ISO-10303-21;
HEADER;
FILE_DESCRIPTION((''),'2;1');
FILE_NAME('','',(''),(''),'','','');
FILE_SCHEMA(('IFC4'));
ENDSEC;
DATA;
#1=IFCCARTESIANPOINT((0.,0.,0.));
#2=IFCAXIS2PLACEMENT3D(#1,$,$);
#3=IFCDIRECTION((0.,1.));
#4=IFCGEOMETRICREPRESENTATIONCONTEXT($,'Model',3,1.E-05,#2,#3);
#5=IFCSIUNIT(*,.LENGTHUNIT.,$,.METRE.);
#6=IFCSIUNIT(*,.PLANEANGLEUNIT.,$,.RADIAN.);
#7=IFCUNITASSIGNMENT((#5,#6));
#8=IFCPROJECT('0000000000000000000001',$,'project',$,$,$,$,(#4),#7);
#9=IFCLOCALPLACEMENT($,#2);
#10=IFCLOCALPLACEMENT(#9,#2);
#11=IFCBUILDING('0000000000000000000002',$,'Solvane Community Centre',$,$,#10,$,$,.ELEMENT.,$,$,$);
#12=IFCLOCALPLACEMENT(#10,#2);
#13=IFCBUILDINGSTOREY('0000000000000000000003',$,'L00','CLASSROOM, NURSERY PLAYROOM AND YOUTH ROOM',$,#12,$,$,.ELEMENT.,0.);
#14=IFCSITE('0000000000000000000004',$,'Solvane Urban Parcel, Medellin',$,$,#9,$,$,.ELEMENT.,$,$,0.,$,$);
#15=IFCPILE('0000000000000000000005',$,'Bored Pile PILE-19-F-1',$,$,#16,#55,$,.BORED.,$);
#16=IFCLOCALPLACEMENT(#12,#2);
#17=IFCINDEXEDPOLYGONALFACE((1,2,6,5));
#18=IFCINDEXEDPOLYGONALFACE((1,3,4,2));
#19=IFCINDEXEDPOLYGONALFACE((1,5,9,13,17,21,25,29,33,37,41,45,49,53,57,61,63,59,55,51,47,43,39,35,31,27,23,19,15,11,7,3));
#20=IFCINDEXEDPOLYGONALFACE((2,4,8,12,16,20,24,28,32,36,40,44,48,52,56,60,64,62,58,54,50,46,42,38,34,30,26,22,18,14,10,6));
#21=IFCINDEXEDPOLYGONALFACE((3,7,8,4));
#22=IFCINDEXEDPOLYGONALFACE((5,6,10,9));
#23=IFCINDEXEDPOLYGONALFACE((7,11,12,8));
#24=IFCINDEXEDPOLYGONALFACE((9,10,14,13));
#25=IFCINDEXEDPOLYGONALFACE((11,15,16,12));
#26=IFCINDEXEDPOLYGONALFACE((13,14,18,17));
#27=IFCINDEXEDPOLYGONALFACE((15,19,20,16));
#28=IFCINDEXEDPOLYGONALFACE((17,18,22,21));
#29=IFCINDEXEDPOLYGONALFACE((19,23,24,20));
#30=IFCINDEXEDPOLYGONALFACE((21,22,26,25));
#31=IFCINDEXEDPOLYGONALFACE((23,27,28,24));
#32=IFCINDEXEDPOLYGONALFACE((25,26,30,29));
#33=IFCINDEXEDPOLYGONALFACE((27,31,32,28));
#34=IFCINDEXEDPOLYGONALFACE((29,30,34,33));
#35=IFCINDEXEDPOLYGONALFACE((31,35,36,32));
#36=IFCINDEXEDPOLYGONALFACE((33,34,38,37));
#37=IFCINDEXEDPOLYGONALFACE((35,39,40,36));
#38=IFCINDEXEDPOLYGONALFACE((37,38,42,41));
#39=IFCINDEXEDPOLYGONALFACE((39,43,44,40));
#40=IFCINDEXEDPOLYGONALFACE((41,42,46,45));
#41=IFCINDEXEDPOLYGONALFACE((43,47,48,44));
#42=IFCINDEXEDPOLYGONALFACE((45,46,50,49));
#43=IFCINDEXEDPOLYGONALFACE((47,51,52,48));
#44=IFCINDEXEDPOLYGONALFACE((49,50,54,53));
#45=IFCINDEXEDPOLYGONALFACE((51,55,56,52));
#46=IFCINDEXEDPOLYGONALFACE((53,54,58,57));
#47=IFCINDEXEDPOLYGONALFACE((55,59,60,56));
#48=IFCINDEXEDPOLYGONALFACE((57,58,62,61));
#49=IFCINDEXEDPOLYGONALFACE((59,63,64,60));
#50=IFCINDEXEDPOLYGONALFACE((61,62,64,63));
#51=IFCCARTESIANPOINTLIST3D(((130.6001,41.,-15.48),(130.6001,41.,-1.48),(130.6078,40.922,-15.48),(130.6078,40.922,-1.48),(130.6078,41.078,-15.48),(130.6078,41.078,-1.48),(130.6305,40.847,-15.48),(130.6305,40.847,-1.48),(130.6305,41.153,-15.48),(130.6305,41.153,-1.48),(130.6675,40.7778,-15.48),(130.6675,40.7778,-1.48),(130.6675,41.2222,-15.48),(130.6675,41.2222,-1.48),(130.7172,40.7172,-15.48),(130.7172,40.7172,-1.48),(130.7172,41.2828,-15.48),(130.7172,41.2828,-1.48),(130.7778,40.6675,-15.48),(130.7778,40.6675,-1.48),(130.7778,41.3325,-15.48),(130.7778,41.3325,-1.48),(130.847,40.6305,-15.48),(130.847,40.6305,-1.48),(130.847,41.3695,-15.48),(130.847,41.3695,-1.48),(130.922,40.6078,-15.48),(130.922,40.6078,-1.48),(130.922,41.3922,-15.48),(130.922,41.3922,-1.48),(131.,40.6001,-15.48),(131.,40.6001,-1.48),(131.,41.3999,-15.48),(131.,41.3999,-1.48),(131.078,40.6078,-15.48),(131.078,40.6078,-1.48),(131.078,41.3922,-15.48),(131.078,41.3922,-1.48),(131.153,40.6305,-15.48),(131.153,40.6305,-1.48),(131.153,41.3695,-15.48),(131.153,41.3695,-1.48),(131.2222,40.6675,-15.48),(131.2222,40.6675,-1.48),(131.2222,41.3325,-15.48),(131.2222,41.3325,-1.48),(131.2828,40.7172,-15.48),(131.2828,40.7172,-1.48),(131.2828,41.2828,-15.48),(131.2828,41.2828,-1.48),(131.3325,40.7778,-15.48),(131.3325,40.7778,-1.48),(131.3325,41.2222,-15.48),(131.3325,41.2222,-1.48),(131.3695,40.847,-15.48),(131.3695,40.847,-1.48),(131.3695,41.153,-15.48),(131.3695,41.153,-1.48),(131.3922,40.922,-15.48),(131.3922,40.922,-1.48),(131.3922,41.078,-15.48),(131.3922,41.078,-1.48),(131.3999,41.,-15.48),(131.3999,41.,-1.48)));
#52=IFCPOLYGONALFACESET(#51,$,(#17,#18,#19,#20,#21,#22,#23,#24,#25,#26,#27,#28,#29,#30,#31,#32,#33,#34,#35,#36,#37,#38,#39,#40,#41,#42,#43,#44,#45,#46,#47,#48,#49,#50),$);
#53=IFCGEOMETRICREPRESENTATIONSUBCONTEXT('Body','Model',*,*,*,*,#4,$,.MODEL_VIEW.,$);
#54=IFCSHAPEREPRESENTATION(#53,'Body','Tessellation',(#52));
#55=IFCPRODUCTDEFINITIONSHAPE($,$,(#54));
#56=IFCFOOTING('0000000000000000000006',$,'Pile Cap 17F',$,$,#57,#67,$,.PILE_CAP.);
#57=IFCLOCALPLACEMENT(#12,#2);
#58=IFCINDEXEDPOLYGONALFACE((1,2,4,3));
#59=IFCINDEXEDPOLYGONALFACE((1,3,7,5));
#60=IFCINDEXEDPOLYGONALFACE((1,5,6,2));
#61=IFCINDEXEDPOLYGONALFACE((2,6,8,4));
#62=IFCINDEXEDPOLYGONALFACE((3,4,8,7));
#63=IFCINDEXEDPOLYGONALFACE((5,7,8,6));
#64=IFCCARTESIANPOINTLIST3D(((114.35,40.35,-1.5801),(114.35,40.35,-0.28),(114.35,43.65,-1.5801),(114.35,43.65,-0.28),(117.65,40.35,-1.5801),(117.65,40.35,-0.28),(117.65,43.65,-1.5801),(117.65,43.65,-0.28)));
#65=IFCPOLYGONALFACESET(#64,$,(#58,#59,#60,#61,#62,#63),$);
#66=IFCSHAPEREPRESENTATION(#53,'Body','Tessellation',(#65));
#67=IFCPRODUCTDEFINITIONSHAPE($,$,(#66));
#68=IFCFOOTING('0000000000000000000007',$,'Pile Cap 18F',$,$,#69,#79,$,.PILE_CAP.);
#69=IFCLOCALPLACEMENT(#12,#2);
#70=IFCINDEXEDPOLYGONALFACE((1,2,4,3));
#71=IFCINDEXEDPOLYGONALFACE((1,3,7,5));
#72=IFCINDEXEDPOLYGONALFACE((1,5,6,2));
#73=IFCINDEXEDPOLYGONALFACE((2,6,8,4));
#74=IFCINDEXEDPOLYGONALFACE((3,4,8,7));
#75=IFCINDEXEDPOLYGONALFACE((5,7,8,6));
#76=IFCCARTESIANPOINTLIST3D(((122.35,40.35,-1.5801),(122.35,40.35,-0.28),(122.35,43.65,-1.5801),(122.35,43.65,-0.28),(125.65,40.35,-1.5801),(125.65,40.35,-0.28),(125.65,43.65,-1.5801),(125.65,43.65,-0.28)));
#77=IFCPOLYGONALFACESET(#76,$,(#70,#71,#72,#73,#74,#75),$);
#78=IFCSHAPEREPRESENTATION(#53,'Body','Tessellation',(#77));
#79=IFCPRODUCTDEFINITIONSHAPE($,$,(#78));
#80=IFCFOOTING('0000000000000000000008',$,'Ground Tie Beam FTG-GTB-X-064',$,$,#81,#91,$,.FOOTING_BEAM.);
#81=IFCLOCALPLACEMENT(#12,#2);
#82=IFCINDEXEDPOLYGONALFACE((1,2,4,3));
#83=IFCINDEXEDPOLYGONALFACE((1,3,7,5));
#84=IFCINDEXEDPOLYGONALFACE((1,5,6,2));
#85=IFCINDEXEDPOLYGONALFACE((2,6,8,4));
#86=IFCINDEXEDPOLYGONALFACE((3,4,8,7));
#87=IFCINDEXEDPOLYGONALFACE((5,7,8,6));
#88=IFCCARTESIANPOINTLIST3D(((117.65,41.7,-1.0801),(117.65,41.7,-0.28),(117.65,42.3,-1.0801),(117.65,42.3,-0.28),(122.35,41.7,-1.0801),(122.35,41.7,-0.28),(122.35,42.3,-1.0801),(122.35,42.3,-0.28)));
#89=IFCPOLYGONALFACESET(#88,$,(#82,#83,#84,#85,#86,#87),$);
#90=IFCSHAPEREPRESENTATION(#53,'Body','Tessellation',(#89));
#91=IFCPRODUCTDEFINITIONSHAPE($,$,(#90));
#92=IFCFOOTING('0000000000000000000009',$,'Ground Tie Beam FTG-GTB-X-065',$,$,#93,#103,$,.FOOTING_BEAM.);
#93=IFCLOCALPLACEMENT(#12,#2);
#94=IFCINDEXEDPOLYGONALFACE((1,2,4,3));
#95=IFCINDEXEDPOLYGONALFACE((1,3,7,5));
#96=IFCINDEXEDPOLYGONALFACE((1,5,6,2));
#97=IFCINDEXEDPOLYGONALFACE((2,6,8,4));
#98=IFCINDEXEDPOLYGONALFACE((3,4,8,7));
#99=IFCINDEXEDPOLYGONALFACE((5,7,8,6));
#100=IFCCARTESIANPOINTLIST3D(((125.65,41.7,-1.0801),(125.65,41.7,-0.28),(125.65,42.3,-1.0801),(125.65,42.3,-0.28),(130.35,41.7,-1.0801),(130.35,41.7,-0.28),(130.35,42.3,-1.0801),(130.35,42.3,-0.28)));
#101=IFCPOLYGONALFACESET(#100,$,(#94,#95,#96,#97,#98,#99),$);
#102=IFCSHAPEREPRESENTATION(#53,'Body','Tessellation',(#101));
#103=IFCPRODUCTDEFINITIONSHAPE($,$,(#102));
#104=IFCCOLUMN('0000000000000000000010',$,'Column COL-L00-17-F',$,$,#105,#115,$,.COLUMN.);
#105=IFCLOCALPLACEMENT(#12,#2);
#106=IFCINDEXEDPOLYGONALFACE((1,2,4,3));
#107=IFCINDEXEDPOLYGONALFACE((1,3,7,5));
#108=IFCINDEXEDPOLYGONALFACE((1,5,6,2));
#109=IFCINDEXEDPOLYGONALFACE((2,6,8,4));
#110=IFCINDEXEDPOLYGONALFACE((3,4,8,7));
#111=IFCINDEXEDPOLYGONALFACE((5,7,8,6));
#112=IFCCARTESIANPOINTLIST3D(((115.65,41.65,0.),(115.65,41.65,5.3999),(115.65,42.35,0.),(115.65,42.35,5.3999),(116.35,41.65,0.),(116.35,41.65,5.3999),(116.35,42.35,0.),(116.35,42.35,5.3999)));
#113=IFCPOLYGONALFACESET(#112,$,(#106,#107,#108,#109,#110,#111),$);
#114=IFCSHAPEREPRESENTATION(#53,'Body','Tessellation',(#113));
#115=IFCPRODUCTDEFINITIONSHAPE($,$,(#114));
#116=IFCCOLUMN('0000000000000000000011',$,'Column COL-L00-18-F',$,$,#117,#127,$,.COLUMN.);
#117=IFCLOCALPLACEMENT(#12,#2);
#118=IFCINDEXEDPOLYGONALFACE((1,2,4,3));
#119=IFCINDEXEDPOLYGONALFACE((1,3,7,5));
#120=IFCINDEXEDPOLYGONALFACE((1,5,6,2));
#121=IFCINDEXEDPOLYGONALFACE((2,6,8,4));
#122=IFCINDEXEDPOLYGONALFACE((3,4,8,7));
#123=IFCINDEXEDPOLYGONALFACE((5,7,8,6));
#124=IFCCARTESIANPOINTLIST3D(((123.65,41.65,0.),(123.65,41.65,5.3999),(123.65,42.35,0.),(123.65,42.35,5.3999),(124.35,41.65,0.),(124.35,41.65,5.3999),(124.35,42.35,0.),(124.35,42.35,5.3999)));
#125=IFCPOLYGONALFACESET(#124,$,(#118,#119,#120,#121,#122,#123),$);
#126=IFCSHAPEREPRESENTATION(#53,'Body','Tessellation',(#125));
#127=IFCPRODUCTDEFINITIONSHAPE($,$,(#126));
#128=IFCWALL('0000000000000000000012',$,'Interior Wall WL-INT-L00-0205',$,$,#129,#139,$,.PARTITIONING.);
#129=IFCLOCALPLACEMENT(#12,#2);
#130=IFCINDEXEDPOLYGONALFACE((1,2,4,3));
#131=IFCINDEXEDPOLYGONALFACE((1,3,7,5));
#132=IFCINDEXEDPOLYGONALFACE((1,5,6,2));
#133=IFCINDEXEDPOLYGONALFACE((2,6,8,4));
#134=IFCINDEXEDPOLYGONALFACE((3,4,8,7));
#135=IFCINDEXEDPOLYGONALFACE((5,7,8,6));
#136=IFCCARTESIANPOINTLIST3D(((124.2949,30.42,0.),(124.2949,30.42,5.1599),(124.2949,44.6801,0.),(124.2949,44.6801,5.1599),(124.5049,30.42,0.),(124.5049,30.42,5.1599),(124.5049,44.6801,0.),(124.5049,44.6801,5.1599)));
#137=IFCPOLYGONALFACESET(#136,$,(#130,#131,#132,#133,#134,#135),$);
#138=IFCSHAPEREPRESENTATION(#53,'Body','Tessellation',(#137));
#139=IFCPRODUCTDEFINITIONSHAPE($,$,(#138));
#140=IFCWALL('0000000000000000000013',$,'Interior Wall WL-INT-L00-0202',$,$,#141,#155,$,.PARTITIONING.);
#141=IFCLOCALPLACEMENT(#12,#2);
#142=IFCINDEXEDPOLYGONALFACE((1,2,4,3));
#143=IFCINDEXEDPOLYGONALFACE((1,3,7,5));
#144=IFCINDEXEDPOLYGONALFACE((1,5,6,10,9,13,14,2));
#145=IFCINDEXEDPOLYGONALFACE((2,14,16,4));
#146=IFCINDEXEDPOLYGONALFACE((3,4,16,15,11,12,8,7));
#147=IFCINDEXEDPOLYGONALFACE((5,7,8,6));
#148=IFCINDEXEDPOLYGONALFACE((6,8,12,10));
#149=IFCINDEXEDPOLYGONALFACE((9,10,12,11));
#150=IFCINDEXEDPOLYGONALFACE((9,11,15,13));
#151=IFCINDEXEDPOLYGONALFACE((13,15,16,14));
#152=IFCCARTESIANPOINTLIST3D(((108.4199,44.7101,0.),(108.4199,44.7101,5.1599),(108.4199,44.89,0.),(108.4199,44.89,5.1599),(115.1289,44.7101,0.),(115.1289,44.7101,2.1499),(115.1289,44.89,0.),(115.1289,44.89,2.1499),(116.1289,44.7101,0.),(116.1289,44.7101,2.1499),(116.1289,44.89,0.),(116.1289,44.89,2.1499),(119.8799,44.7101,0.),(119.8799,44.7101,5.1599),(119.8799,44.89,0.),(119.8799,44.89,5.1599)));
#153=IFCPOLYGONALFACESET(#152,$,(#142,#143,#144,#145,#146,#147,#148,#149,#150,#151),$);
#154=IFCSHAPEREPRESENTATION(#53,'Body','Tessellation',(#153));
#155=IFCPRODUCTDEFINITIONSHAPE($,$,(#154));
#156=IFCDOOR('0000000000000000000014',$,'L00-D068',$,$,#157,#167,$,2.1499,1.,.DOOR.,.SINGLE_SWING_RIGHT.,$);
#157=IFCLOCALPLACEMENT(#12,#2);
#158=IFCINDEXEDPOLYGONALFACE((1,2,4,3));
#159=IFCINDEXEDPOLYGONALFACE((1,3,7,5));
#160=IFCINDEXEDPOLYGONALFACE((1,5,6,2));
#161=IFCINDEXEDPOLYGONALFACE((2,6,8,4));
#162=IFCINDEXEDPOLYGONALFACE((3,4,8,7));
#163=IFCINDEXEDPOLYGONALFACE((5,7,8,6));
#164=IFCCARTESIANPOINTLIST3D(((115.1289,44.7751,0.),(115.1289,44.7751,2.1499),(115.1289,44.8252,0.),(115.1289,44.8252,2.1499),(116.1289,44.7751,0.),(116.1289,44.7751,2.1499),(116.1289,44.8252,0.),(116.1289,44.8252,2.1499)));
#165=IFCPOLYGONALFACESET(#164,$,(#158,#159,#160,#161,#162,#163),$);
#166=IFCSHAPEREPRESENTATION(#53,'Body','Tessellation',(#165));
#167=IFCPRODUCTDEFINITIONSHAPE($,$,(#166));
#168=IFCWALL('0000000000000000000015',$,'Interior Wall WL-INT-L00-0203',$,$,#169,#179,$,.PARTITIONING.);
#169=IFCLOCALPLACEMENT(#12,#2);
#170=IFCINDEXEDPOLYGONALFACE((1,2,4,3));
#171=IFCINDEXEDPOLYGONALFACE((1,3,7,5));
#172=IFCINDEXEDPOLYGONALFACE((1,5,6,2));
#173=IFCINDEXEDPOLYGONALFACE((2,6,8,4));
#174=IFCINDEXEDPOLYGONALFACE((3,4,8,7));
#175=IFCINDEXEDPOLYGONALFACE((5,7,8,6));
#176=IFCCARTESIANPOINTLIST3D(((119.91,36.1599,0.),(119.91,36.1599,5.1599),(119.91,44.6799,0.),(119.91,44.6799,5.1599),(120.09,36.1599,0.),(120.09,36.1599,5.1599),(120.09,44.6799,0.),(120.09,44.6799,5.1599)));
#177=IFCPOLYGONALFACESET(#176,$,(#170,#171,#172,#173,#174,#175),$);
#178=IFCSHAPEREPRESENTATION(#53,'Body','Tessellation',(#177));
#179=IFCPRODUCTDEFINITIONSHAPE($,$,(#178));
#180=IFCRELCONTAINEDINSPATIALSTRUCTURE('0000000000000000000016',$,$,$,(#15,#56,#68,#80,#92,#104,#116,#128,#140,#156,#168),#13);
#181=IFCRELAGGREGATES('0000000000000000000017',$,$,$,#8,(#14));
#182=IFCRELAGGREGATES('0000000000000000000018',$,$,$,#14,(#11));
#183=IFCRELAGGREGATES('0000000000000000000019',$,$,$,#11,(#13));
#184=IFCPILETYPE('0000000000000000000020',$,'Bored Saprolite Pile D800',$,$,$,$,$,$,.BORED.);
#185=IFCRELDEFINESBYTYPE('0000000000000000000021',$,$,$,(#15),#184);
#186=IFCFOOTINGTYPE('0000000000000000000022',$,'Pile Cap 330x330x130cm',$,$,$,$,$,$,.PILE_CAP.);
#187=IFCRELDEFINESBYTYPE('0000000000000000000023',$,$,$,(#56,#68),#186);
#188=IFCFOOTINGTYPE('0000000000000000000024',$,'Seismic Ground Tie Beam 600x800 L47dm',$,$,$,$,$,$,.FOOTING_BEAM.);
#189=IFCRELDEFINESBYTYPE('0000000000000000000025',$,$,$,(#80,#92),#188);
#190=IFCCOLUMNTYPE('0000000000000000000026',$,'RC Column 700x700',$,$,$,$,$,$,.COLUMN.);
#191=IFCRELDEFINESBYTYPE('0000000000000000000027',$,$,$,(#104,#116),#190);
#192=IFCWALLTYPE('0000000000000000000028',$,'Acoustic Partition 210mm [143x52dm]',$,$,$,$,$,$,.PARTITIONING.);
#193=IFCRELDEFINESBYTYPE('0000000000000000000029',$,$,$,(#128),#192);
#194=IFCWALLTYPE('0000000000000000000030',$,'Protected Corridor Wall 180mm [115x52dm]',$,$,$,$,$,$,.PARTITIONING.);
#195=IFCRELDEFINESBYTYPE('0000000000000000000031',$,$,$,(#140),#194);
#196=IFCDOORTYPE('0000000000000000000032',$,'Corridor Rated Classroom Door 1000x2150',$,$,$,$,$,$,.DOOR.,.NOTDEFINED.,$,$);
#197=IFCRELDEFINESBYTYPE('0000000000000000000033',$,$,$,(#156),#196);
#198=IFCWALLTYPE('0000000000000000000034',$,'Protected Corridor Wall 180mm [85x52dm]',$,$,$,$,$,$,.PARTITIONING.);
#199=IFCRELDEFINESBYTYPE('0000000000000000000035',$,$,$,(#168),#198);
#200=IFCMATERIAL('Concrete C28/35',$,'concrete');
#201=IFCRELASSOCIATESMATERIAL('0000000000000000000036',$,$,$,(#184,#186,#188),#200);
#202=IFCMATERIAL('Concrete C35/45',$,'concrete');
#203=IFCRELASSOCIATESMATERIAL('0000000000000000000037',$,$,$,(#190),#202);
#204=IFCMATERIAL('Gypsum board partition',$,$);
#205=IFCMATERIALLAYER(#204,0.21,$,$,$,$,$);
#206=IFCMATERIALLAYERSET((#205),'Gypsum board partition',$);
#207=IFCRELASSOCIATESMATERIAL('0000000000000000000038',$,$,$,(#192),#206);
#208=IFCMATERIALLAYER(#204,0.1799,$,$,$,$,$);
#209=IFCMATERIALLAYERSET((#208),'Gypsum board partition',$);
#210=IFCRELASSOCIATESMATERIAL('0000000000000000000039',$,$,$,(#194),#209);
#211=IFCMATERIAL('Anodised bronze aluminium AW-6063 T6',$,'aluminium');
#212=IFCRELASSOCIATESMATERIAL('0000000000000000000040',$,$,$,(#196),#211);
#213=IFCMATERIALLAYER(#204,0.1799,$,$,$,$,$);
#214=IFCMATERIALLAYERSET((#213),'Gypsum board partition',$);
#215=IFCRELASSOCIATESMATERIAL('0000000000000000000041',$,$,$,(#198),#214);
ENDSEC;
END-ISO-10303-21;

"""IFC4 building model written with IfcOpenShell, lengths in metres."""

from ifc_helpers import new_model, si_unit, direction, frame, frame_2d, origin, origin_2d, place, context, subcontext, project, spatial, rectangle, circle, extrude, material, layer, layer_set, material_profile, profile_set, type_object, element, fill, save


model = new_model("IFC4")

# Units and contexts
model_context = context("Model", 3, precision=1e-05, world=origin(), true_north=direction((0.0, 1.0)))
body_context = subcontext(model_context, "Body", "Model", "MODEL_VIEW")
ifc_project = project(units=[si_unit("LENGTHUNIT", "METRE"), si_unit("PLANEANGLEUNIT", "RADIAN")], contexts=[model_context])

# Site, building, storey
site_placement = place(None, origin())
site = spatial("IfcSite", under=ifc_project, at=site_placement, Name="Solvane Urban Parcel, Medellin", CompositionType="ELEMENT", RefElevation=0.0)
building_placement = place(site_placement, origin())
building = spatial("IfcBuilding", under=site, at=building_placement, Name="Solvane Community Centre", CompositionType="ELEMENT")
storey_placement = place(building_placement, origin())
storey = spatial("IfcBuildingStorey", under=building, at=storey_placement, Name="L00", Description="CLASSROOM, NURSERY PLAYROOM AND YOUTH ROOM", CompositionType="ELEMENT", Elevation=0.0)

# Pile
ifc_material_1 = material(Name="Concrete C28/35", Category="concrete")
ifc_material_profile_1 = material_profile(ifc_material_1, circle(Radius=0.3999, at=origin_2d()), Name="PILE D800")
ifc_profile_set_1 = profile_set([ifc_material_profile_1], Name="Concrete C28/35")
pile_type = type_object("IfcPileType", Name="Bored Saprolite Pile D800", PredefinedType="BORED", material=ifc_profile_set_1)
for number, where, z_axis, x_axis, name in (
    (1, (131.0, 41.0, -1.48), (0.0, 0.0, -1.0), (1.0, 0.0, 0.0), "Bored Pile PILE-19-F-1"),
):
    element("IfcPile", number, at=place(storey_placement, frame(where, z_axis=z_axis, x_axis=x_axis)), inside=storey, type_object=pile_type, Name=name, PredefinedType="BORED", context=body_context, shape_type="SweptSolid", body=[
        extrude(circle(Radius=0.3999, at=origin_2d()), origin(), (0.0, 0.0, 1.0), 14.0),
    ])

# Footings
footing_type_1 = type_object("IfcFootingType", Name="Pile Cap 330x330x130cm", PredefinedType="PILE_CAP", material=ifc_material_1)
for number, where, z_axis, x_axis, name in (
    (2, (116.0, 42.0, -1.5801), (0.0, 0.0, 1.0), (1.0, 0.0, 0.0), "Pile Cap 17F"),
    (3, (124.0, 42.0, -1.5801), (0.0, 0.0, 1.0), (1.0, 0.0, 0.0), "Pile Cap 18F"),
):
    element("IfcFooting", number, at=place(storey_placement, frame(where, z_axis=z_axis, x_axis=x_axis)), inside=storey, type_object=footing_type_1, Name=name, PredefinedType="PILE_CAP", context=body_context, shape_type="SweptSolid", body=[
        extrude(rectangle(XDim=3.3, YDim=3.3, at=origin_2d()), origin(), (0.0, 0.0, 1.0), 1.3),
    ])
footing_type_2 = type_object("IfcFootingType", Name="Seismic Ground Tie Beam 600x800 L47dm", PredefinedType="FOOTING_BEAM", material=ifc_material_1)
for number, where, z_axis, x_axis, name in (
    (4, (120.0, 42.0, -1.0801), (0.0, 0.0, 1.0), (1.0, 0.0, 0.0), "Ground Tie Beam FTG-GTB-X-064"),
    (5, (128.0, 42.0, -1.0801), (0.0, 0.0, 1.0), (1.0, 0.0, 0.0), "Ground Tie Beam FTG-GTB-X-065"),
):
    element("IfcFooting", number, at=place(storey_placement, frame(where, z_axis=z_axis, x_axis=x_axis)), inside=storey, type_object=footing_type_2, Name=name, PredefinedType="FOOTING_BEAM", context=body_context, shape_type="SweptSolid", body=[
        extrude(rectangle(XDim=4.7, YDim=0.6001, at=origin_2d()), origin(), (0.0, 0.0, 1.0), 0.8),
    ])

# Columns
ifc_material_2 = material(Name="Concrete C35/45", Category="concrete")
ifc_material_profile_2 = material_profile(ifc_material_2, rectangle(XDim=0.7, YDim=0.7, at=origin_2d()), Name="RC 700x700")
ifc_profile_set_2 = profile_set([ifc_material_profile_2], Name="Concrete C35/45")
column_type = type_object("IfcColumnType", Name="RC Column 700x700", PredefinedType="COLUMN", material=ifc_profile_set_2)
for number, where, z_axis, x_axis, name in (
    (6, (116.0, 42.0, 0.0), (0.0, 0.0, 1.0), (1.0, 0.0, 0.0), "Column COL-L00-17-F"),
    (7, (124.0, 42.0, 0.0), (0.0, 0.0, 1.0), (1.0, 0.0, 0.0), "Column COL-L00-18-F"),
):
    element("IfcColumn", number, at=place(storey_placement, frame(where, z_axis=z_axis, x_axis=x_axis)), inside=storey, type_object=column_type, Name=name, PredefinedType="COLUMN", context=body_context, shape_type="SweptSolid", body=[
        extrude(rectangle(XDim=0.7, YDim=0.7, at=origin_2d()), origin(), (0.0, 0.0, 1.0), 5.3999),
    ])

# Wall
ifc_material_3 = material(Name="Gypsum board partition")
ifc_layer_1 = layer(ifc_material_3, 0.21)
ifc_layer_set_1 = layer_set([ifc_layer_1], Name="Gypsum board partition")
wall_type_1 = type_object("IfcWallType", Name="Acoustic Partition 210mm [143x52dm]", PredefinedType="PARTITIONING", material=ifc_layer_set_1)
wall_1_placement = place(storey_placement, frame((124.3999, 44.6799, 0.0), z_axis=(0.0, 0.0, 1.0), x_axis=(0.0, -1.0, 0.0)))
element("IfcWall", 8, at=wall_1_placement, inside=storey, type_object=wall_type_1, Name="Interior Wall WL-INT-L00-0205", PredefinedType="PARTITIONING", context=body_context, shape_type="SweptSolid", body=[
    extrude(rectangle(XDim=14.26, YDim=0.21, at=frame_2d((7.1299, 0.0))), origin(), (0.0, 0.0, 1.0), 5.1599),
])

# Wall, opening, door
ifc_layer_2 = layer(ifc_material_3, 0.1799)
ifc_layer_set_2 = layer_set([ifc_layer_2], Name="Gypsum board partition")
wall_type_2 = type_object("IfcWallType", Name="Protected Corridor Wall 180mm [115x52dm]", PredefinedType="PARTITIONING", material=ifc_layer_set_2)
wall_2_placement = place(storey_placement, frame((119.8799, 44.8, 0.0), z_axis=(0.0, 0.0, 1.0), x_axis=(-1.0, 0.0, 0.0)))
wall_2 = element("IfcWall", 9, at=wall_2_placement, inside=storey, type_object=wall_type_2, Name="Interior Wall WL-INT-L00-0202", PredefinedType="PARTITIONING", context=body_context, shape_type="SweptSolid", body=[
    extrude(rectangle(XDim=11.46, YDim=0.1799, at=frame_2d((5.73, 0.0))), origin(), (0.0, 0.0, 1.0), 5.1599),
])
opening_placement = place(wall_2_placement, frame((3.751, 0.0, 0.0)))
opening = element("IfcOpeningElement", 10, at=opening_placement, cuts=wall_2, PredefinedType="OPENING", context=body_context, shape_type="SweptSolid", body=[
    extrude(rectangle(XDim=1.0, YDim=2.1499, at=frame_2d((0.5, 1.075))), frame((0.0, 0.0999, 0.0), z_axis=(0.0, -1.0, 0.0), x_axis=(1.0, 0.0, 0.0)), (0.0, 0.0, 1.0), 0.2),
])
ifc_material_4 = material(Name="Anodised bronze aluminium AW-6063 T6", Category="aluminium")
door_type = type_object("IfcDoorType", Name="Corridor Rated Classroom Door 1000x2150", OperationType="NOTDEFINED", PredefinedType="DOOR", material=ifc_material_4)
door_placement = place(opening_placement, origin())
door = element("IfcDoor", 11, at=door_placement, inside=storey, type_object=door_type, Name="L00-D068", OperationType="SINGLE_SWING_RIGHT", OverallHeight=2.1499, OverallWidth=1.0, PredefinedType="DOOR", context=body_context, shape_type="SweptSolid", body=[
    extrude(rectangle(XDim=1.0, YDim=2.1499, at=frame_2d((0.5, 1.075))), frame((0.0, 0.0249, 0.0), z_axis=(0.0, -1.0, 0.0), x_axis=(1.0, 0.0, 0.0)), (0.0, 0.0, 1.0), 0.05),
])
fill(opening, door)

# Wall
ifc_layer_3 = layer(ifc_material_3, 0.1799)
ifc_layer_set_3 = layer_set([ifc_layer_3], Name="Gypsum board partition")
wall_type_3 = type_object("IfcWallType", Name="Protected Corridor Wall 180mm [85x52dm]", PredefinedType="PARTITIONING", material=ifc_layer_set_3)
wall_3_placement = place(storey_placement, frame((120.0, 36.1599, 0.0), z_axis=(0.0, 0.0, 1.0), x_axis=(0.0, 1.0, 0.0)))
element("IfcWall", 12, at=wall_3_placement, inside=storey, type_object=wall_type_3, Name="Interior Wall WL-INT-L00-0203", PredefinedType="PARTITIONING", context=body_context, shape_type="SweptSolid", body=[
    extrude(rectangle(XDim=8.52, YDim=0.1799, at=frame_2d((4.26, 0.0))), origin(), (0.0, 0.0, 1.0), 5.1599),
])

save(model, "model.ifc")
